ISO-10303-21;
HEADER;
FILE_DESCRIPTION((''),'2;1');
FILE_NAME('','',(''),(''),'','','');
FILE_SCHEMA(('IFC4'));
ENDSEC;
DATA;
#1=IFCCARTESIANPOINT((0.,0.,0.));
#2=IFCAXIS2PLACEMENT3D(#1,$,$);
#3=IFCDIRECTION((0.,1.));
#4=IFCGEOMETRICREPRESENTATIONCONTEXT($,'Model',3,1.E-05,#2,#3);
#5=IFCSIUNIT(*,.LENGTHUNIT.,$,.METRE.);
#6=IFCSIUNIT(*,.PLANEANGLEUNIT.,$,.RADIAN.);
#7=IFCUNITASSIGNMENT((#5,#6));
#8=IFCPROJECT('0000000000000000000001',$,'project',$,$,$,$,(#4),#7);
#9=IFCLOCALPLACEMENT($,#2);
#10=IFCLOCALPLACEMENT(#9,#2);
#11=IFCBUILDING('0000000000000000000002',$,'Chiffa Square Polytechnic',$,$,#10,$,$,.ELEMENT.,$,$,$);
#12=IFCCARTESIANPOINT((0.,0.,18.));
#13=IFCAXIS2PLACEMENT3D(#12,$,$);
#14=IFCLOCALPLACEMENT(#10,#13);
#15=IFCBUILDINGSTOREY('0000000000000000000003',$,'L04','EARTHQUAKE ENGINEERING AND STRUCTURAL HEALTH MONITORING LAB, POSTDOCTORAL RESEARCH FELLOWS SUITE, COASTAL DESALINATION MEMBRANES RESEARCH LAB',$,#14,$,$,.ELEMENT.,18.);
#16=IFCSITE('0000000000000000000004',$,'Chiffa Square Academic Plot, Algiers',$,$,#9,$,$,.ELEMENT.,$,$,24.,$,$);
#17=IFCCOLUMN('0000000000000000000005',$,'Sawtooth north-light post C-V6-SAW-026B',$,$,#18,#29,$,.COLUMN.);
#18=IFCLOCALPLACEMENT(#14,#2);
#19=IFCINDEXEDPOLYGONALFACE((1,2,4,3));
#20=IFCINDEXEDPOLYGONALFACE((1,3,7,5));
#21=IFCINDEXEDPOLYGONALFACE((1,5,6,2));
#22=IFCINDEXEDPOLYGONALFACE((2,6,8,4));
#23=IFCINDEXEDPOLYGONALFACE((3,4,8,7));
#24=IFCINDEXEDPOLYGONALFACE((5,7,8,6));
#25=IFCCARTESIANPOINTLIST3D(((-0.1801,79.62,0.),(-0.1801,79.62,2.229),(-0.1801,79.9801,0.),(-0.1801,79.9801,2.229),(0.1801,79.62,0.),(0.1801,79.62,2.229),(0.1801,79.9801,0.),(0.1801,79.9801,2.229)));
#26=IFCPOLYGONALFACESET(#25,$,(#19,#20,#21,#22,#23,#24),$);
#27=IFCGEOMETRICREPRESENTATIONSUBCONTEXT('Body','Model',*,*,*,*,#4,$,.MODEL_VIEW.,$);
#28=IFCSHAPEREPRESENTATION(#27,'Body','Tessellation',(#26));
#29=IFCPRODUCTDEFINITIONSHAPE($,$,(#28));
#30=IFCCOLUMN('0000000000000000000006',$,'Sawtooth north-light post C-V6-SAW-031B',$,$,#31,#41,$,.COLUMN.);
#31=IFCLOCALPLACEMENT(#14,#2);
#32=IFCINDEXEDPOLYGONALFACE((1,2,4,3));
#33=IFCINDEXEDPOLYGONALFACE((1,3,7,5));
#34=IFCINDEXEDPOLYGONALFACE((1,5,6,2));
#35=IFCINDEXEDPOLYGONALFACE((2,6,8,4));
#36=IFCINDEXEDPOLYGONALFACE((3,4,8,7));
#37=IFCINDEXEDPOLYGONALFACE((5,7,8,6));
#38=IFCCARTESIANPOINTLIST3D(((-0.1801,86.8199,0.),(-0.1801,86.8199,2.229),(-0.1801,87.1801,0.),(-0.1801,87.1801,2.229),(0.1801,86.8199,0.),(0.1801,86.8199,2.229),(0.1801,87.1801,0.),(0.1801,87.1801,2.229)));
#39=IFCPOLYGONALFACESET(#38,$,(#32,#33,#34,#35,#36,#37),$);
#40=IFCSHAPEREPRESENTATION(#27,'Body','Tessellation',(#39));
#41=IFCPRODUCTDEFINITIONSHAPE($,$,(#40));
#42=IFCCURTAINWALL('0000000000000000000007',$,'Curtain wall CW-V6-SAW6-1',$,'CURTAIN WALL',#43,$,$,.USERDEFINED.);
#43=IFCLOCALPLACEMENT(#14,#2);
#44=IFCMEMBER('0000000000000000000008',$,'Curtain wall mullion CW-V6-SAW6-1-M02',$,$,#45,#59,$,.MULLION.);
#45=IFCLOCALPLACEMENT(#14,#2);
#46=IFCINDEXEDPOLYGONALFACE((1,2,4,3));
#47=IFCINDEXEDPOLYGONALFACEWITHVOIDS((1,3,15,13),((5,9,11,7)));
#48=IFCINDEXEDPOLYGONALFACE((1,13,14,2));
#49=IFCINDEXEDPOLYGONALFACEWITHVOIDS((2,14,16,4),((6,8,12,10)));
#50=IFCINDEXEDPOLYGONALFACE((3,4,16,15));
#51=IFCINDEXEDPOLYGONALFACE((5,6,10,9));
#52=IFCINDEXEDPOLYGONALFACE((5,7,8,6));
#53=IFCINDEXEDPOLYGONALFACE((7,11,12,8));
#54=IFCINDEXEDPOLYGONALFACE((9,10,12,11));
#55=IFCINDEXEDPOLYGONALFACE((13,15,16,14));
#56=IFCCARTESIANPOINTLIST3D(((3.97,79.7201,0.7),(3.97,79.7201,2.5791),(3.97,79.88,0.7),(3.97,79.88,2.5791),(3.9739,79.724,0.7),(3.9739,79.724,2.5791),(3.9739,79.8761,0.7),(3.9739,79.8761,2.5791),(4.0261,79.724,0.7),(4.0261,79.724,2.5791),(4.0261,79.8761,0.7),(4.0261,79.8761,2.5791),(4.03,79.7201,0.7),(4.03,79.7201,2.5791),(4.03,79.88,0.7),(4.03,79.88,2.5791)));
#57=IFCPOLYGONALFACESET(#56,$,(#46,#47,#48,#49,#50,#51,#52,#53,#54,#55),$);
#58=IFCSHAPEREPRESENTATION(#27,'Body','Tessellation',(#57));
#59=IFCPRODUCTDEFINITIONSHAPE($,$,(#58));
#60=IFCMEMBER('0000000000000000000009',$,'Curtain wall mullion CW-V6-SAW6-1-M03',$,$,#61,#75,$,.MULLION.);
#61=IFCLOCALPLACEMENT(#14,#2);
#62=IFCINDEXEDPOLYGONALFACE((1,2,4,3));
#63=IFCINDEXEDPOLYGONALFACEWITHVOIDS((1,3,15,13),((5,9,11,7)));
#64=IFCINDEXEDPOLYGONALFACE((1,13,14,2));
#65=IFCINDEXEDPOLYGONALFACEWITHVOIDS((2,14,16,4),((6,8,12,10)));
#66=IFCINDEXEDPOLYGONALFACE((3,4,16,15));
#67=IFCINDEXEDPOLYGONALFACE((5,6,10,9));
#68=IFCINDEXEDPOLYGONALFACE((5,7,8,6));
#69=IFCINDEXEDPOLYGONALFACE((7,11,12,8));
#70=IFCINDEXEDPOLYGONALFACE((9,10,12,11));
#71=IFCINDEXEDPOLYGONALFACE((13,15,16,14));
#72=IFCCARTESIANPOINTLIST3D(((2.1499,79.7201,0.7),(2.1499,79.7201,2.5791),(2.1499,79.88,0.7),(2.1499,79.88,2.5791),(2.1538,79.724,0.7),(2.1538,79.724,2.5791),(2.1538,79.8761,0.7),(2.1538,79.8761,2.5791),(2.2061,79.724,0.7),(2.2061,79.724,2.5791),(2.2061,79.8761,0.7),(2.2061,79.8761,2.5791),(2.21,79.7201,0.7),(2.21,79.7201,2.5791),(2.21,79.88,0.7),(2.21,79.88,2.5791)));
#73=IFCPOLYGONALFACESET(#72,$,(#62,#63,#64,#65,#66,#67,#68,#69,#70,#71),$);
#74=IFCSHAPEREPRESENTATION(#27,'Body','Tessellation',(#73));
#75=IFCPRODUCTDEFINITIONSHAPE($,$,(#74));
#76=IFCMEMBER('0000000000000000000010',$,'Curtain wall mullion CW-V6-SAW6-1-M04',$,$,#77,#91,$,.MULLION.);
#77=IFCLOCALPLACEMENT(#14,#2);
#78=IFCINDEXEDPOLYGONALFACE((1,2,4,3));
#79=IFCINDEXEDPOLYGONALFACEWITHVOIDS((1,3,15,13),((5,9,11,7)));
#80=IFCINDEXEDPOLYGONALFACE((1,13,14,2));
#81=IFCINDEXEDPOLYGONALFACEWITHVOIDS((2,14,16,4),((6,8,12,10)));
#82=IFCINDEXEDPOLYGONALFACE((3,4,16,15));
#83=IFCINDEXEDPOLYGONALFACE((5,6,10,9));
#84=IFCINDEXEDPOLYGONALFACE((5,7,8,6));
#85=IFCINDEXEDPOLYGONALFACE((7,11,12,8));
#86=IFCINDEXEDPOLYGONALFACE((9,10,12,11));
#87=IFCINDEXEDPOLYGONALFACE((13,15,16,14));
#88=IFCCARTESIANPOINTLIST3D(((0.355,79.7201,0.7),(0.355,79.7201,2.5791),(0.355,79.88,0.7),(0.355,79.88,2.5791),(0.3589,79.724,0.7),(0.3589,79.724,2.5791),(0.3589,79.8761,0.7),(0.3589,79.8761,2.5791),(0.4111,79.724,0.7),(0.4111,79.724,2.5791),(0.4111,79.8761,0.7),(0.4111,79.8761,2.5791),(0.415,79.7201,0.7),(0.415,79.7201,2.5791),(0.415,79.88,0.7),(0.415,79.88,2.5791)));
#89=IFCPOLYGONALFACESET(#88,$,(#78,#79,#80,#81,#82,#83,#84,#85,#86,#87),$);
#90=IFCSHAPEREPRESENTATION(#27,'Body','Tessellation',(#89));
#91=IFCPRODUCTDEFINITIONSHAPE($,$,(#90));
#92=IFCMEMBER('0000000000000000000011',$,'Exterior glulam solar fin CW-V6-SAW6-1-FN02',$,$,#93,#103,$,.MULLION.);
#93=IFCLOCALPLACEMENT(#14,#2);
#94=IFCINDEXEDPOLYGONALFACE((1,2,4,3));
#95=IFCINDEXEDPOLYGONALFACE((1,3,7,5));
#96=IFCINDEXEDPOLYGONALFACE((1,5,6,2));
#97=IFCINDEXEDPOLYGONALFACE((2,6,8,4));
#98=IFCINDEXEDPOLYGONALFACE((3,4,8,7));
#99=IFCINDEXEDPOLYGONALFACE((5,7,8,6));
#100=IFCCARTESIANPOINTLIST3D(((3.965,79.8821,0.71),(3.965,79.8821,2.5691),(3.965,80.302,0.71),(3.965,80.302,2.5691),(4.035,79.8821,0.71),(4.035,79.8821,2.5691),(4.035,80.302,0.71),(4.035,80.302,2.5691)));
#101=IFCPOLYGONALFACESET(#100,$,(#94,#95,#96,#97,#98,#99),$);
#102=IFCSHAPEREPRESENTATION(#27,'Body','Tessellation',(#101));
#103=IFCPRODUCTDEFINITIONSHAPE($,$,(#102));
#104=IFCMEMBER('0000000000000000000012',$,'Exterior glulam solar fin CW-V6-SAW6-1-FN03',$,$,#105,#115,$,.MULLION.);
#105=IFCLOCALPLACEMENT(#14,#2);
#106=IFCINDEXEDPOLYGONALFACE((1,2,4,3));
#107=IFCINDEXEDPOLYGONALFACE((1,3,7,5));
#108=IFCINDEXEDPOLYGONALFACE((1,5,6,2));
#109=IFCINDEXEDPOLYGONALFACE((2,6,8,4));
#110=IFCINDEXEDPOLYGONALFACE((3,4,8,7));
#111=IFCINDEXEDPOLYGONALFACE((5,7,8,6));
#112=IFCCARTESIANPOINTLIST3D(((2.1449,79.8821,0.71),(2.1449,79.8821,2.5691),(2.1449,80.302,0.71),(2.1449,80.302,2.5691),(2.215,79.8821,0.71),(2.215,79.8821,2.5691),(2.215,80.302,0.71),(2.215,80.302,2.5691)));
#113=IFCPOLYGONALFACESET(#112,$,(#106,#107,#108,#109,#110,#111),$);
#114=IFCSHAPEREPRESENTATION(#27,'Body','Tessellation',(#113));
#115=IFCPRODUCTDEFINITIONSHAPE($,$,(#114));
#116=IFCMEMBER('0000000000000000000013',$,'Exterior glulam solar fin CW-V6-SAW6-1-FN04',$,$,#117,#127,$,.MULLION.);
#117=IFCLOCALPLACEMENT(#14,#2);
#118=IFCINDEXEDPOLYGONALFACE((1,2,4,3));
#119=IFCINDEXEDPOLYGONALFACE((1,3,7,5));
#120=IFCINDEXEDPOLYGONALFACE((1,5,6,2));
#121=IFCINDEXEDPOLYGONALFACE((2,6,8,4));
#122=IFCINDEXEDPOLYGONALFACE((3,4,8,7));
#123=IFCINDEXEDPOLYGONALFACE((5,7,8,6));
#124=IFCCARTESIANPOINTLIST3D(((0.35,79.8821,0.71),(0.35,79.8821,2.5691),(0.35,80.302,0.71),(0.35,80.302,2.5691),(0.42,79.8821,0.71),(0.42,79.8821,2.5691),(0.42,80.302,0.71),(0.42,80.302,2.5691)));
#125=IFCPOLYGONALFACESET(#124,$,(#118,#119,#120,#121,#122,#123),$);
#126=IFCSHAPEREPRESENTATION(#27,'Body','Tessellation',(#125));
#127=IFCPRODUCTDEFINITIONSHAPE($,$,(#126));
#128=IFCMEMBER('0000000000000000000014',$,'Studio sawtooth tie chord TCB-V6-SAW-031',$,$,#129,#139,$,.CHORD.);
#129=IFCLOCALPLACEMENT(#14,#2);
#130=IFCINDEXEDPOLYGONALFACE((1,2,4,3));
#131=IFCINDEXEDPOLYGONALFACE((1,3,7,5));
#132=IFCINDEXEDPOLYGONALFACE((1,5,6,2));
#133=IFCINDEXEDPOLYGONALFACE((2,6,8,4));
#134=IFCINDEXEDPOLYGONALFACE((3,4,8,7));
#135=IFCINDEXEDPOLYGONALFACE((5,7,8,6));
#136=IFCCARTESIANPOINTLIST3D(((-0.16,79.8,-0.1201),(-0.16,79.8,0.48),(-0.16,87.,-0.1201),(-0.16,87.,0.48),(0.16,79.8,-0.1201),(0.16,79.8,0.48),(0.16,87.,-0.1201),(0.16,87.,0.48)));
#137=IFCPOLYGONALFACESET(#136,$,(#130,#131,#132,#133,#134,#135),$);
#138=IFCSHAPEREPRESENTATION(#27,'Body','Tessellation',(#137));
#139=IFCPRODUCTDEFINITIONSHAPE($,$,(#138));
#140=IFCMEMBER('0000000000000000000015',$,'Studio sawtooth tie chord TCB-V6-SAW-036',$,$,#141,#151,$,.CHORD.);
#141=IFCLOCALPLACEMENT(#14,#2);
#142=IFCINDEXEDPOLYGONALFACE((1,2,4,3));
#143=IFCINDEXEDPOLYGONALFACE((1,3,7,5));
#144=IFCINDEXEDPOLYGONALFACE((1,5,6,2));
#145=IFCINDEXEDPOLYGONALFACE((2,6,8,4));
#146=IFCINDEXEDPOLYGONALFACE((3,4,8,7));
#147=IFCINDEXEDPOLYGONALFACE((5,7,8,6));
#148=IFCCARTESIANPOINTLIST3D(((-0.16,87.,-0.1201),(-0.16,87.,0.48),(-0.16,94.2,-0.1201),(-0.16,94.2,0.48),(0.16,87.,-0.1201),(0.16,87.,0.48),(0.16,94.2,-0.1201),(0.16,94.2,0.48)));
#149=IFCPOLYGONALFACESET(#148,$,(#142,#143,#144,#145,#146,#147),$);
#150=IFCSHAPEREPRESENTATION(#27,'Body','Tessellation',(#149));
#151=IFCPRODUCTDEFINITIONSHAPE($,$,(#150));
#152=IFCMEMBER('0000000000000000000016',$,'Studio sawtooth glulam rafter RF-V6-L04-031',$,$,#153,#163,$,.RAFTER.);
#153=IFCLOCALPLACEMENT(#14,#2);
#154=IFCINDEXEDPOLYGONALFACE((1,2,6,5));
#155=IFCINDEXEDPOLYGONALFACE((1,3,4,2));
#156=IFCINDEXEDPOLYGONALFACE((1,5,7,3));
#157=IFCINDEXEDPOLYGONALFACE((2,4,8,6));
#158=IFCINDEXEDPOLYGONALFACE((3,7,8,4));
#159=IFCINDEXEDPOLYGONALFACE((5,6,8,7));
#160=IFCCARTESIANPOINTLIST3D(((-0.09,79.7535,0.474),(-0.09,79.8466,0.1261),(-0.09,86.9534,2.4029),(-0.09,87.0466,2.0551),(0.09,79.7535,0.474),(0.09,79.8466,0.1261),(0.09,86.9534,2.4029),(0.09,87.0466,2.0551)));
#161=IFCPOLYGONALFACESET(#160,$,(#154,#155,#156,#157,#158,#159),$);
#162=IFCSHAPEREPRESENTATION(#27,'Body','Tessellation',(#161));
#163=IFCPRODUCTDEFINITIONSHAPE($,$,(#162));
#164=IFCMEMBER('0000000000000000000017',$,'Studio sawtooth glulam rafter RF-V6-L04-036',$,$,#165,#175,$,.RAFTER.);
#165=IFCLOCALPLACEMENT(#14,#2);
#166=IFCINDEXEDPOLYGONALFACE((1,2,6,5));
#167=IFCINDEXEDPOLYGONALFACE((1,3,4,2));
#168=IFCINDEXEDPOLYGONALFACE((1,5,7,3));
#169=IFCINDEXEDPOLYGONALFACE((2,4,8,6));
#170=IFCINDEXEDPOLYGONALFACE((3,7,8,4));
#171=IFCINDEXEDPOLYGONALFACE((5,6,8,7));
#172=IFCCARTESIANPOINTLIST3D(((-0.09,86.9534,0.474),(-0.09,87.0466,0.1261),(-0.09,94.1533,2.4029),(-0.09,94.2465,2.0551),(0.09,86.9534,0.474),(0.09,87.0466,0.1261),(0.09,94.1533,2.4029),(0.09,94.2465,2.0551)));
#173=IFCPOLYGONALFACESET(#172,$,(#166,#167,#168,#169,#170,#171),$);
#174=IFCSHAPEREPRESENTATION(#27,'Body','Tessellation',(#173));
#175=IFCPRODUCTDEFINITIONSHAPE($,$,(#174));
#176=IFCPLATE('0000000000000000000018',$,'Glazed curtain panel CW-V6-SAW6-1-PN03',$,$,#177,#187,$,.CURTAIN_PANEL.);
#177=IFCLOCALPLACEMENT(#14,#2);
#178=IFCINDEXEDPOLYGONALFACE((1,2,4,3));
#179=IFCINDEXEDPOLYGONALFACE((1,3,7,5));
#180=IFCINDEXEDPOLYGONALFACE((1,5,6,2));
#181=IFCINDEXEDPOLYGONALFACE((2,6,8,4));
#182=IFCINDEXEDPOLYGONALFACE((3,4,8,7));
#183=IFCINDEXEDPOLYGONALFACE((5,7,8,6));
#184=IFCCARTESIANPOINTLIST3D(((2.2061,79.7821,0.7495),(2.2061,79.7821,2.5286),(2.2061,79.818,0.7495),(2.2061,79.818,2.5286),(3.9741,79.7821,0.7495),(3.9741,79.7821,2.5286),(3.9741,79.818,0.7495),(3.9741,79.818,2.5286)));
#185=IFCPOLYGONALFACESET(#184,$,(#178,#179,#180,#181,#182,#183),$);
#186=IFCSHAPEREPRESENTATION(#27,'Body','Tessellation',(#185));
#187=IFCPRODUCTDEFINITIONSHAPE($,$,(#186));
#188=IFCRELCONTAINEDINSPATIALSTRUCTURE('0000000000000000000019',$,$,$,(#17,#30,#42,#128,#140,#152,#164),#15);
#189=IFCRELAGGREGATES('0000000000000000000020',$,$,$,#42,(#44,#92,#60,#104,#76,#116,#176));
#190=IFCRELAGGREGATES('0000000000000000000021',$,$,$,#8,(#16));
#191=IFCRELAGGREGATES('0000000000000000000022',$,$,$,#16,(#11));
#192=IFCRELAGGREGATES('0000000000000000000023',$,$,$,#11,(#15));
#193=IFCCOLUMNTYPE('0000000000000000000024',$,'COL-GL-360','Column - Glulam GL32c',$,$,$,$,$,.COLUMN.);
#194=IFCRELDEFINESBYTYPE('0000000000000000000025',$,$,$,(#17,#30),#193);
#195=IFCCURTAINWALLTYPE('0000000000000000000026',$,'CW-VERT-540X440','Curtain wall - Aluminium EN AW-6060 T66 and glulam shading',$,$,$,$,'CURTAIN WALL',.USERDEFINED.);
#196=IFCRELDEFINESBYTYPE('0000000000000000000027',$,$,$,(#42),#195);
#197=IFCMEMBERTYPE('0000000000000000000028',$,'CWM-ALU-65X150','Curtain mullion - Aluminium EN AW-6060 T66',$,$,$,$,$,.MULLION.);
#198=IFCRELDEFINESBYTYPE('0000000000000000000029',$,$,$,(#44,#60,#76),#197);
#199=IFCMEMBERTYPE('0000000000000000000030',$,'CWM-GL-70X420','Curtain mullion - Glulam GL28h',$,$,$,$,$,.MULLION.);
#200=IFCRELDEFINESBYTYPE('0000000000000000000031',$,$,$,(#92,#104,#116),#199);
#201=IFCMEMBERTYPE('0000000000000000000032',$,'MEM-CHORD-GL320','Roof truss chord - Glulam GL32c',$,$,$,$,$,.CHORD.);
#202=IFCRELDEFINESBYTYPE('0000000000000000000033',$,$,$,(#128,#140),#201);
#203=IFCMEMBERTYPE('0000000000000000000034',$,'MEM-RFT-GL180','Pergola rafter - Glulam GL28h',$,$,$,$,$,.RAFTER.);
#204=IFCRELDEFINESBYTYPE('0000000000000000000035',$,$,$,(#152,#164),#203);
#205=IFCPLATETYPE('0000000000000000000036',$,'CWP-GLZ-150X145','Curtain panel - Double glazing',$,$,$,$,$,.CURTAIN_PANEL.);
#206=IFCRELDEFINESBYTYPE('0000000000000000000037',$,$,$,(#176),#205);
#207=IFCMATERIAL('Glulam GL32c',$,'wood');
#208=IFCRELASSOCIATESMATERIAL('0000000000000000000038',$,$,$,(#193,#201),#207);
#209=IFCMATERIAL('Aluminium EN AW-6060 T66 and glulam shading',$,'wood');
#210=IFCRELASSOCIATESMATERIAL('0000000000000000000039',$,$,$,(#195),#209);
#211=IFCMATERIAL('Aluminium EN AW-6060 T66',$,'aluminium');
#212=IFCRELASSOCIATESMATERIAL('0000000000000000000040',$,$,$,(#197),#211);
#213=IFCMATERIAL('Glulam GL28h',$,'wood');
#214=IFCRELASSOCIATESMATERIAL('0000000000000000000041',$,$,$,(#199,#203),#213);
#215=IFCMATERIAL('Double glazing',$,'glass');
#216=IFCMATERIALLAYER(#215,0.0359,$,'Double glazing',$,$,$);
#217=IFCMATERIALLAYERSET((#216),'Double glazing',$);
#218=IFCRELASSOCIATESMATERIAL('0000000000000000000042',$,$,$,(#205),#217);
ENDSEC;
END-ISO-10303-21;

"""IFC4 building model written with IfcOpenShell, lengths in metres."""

from ifc_helpers import new_model, si_unit, direction, frame, origin, origin_2d, place, context, subcontext, project, spatial, rectangle, hollow_rectangle, extrude, material, layer, layer_set, material_profile, profile_set, type_object, element, aggregate, save


model = new_model("IFC4")

# Units and contexts
model_context = context("Model", 3, precision=1e-05, world=origin(), true_north=direction((0.0, 1.0)))
body_context = subcontext(model_context, "Body", "Model", "MODEL_VIEW")
ifc_project = project(units=[si_unit("LENGTHUNIT", "METRE"), si_unit("PLANEANGLEUNIT", "RADIAN")], contexts=[model_context])

# Site, building, storey
site_placement = place(None, origin())
site = spatial("IfcSite", under=ifc_project, at=site_placement, Name="Chiffa Square Academic Plot, Algiers", CompositionType="ELEMENT", RefElevation=24.0)
building_placement = place(site_placement, origin())
building = spatial("IfcBuilding", under=site, at=building_placement, Name="Chiffa Square Polytechnic", CompositionType="ELEMENT")
storey_placement = place(building_placement, frame((0.0, 0.0, 18.0)))
storey = spatial("IfcBuildingStorey", under=building, at=storey_placement, Name="L04", Description="EARTHQUAKE ENGINEERING AND STRUCTURAL HEALTH MONITORING LAB, POSTDOCTORAL RESEARCH FELLOWS SUITE, COASTAL DESALINATION MEMBRANES RESEARCH LAB", CompositionType="ELEMENT", Elevation=18.0)

# Columns
ifc_material_1 = material(Name="Glulam GL32c", Category="wood")
ifc_material_profile_1 = material_profile(ifc_material_1, rectangle(XDim=0.3601, YDim=0.3601, at=origin_2d()), Name="GL32c 360x360")
ifc_profile_set_1 = profile_set([ifc_material_profile_1], Name="Glulam GL32c")
column_type = type_object("IfcColumnType", Name="COL-GL-360", Description="Column - Glulam GL32c", PredefinedType="COLUMN", material=ifc_profile_set_1)
for number, where, z_axis, x_axis, name in (
    (1, (0.0, 79.8, 0.0), (0.0, 0.0, 1.0), (1.0, 0.0, 0.0), "Sawtooth north-light post C-V6-SAW-026B"),
    (2, (0.0, 87.0, 0.0), (0.0, 0.0, 1.0), (1.0, 0.0, 0.0), "Sawtooth north-light post C-V6-SAW-031B"),
):
    element("IfcColumn", number, at=place(storey_placement, frame(where, z_axis=z_axis, x_axis=x_axis)), inside=storey, type_object=column_type, Name=name, PredefinedType="COLUMN", context=body_context, shape_type="SweptSolid", body=[
        extrude(rectangle(XDim=0.3601, YDim=0.3601, at=origin_2d()), origin(), (0.0, 0.0, 1.0), 2.229),
    ])

# Curtain wall, members
ifc_material_2 = material(Name="Aluminium EN AW-6060 T66 and glulam shading", Category="wood")
curtain_wall_type = type_object("IfcCurtainWallType", Name="CW-VERT-540X440", Description="Curtain wall - Aluminium EN AW-6060 T66 and glulam shading", ElementType="CURTAIN WALL", PredefinedType="USERDEFINED", material=ifc_material_2)
curtain_wall_placement = place(storey_placement, origin())
curtain_wall = element("IfcCurtainWall", 3, at=curtain_wall_placement, inside=storey, type_object=curtain_wall_type, Name="Curtain wall CW-V6-SAW6-1", ObjectType="CURTAIN WALL", PredefinedType="USERDEFINED")
ifc_material_3 = material(Name="Aluminium EN AW-6060 T66", Category="aluminium")
ifc_material_profile_2 = material_profile(ifc_material_3, hollow_rectangle(XDim=0.0601, YDim=0.1599, WallThickness=0.0039, at=origin_2d()), Name="ALU 60x160x4")
ifc_profile_set_2 = profile_set([ifc_material_profile_2], Name="Aluminium EN AW-6060 T66")
member_type_1 = type_object("IfcMemberType", Name="CWM-ALU-65X150", Description="Curtain mullion - Aluminium EN AW-6060 T66", PredefinedType="MULLION", material=ifc_profile_set_2)
member_1_placement = place(storey_placement, frame((4.0, 79.8, 0.7), z_axis=(0.0, 0.0, 1.0), x_axis=(1.0, 0.0, 0.0)))
member_1 = element("IfcMember", 4, at=member_1_placement, type_object=member_type_1, Name="Curtain wall mullion CW-V6-SAW6-1-M02", PredefinedType="MULLION", context=body_context, shape_type="SweptSolid", body=[
    extrude(hollow_rectangle(XDim=0.0601, YDim=0.1599, WallThickness=0.0039, at=origin_2d()), origin(), (0.0, 0.0, 1.0), 1.8792),
])
member_2_placement = place(storey_placement, frame((2.1799, 79.8, 0.7), z_axis=(0.0, 0.0, 1.0), x_axis=(1.0, 0.0, 0.0)))
member_2 = element("IfcMember", 5, at=member_2_placement, type_object=member_type_1, Name="Curtain wall mullion CW-V6-SAW6-1-M03", PredefinedType="MULLION", context=body_context, shape_type="SweptSolid", body=[
    extrude(hollow_rectangle(XDim=0.0601, YDim=0.1599, WallThickness=0.0039, at=origin_2d()), origin(), (0.0, 0.0, 1.0), 1.8792),
])
member_3_placement = place(storey_placement, frame((0.385, 79.8, 0.7), z_axis=(0.0, 0.0, 1.0), x_axis=(1.0, 0.0, 0.0)))
member_3 = element("IfcMember", 6, at=member_3_placement, type_object=member_type_1, Name="Curtain wall mullion CW-V6-SAW6-1-M04", PredefinedType="MULLION", context=body_context, shape_type="SweptSolid", body=[
    extrude(hollow_rectangle(XDim=0.0601, YDim=0.1599, WallThickness=0.0039, at=origin_2d()), origin(), (0.0, 0.0, 1.0), 1.8792),
])
ifc_material_4 = material(Name="Glulam GL28h", Category="wood")
ifc_material_profile_3 = material_profile(ifc_material_4, rectangle(XDim=0.0701, YDim=0.4199, at=origin_2d()), Name="GL28h 70x420")
ifc_profile_set_3 = profile_set([ifc_material_profile_3], Name="Glulam GL28h")
member_type_2 = type_object("IfcMemberType", Name="CWM-GL-70X420", Description="Curtain mullion - Glulam GL28h", PredefinedType="MULLION", material=ifc_profile_set_3)
member_4_placement = place(storey_placement, frame((4.0, 80.092, 0.71), z_axis=(0.0, 0.0, 1.0), x_axis=(-1.0, 0.0, 0.0)))
member_4 = element("IfcMember", 7, at=member_4_placement, type_object=member_type_2, Name="Exterior glulam solar fin CW-V6-SAW6-1-FN02", PredefinedType="MULLION", context=body_context, shape_type="SweptSolid", body=[
    extrude(rectangle(XDim=0.0701, YDim=0.4199, at=origin_2d()), origin(), (0.0, 0.0, 1.0), 1.8591),
])
member_5_placement = place(storey_placement, frame((2.1799, 80.092, 0.71), z_axis=(0.0, 0.0, 1.0), x_axis=(-1.0, 0.0, 0.0)))
member_5 = element("IfcMember", 8, at=member_5_placement, type_object=member_type_2, Name="Exterior glulam solar fin CW-V6-SAW6-1-FN03", PredefinedType="MULLION", context=body_context, shape_type="SweptSolid", body=[
    extrude(rectangle(XDim=0.0701, YDim=0.4199, at=origin_2d()), origin(), (0.0, 0.0, 1.0), 1.8591),
])
member_6_placement = place(storey_placement, frame((0.385, 80.092, 0.71), z_axis=(0.0, 0.0, 1.0), x_axis=(-1.0, 0.0, 0.0)))
member_6 = element("IfcMember", 9, at=member_6_placement, type_object=member_type_2, Name="Exterior glulam solar fin CW-V6-SAW6-1-FN04", PredefinedType="MULLION", context=body_context, shape_type="SweptSolid", body=[
    extrude(rectangle(XDim=0.0701, YDim=0.4199, at=origin_2d()), origin(), (0.0, 0.0, 1.0), 1.8591),
])

# Members
ifc_material_profile_4 = material_profile(ifc_material_1, rectangle(XDim=0.3201, YDim=0.6001, at=origin_2d()), Name="GL32c 320x600")
ifc_profile_set_4 = profile_set([ifc_material_profile_4], Name="Glulam GL32c")
member_type_3 = type_object("IfcMemberType", Name="MEM-CHORD-GL320", Description="Roof truss chord - Glulam GL32c", PredefinedType="CHORD", material=ifc_profile_set_4)
for number, where, z_axis, x_axis, name in (
    (10, (0.0, 79.8, 0.1799), (0.0, 1.0, 0.0), (-1.0, 0.0, 0.0), "Studio sawtooth tie chord TCB-V6-SAW-031"),
    (11, (0.0, 87.0, 0.1799), (0.0, 1.0, 0.0), (-1.0, 0.0, 0.0), "Studio sawtooth tie chord TCB-V6-SAW-036"),
):
    element("IfcMember", number, at=place(storey_placement, frame(where, z_axis=z_axis, x_axis=x_axis)), inside=storey, type_object=member_type_3, Name=name, PredefinedType="CHORD", context=body_context, shape_type="SweptSolid", body=[
        extrude(rectangle(XDim=0.3201, YDim=0.6001, at=origin_2d()), origin(), (0.0, 0.0, 1.0), 7.2),
    ])
ifc_material_profile_5 = material_profile(ifc_material_4, rectangle(XDim=0.1799, YDim=0.3601, at=origin_2d()), Name="GL28h 180x360")
ifc_profile_set_5 = profile_set([ifc_material_profile_5], Name="Glulam GL28h")
member_type_4 = type_object("IfcMemberType", Name="MEM-RFT-GL180", Description="Pergola rafter - Glulam GL28h", PredefinedType="RAFTER", material=ifc_profile_set_5)
for number, where, z_axis, x_axis, name in (
    (12, (0.0, 79.8, 0.3), (0.0, 0.965935, 0.258786), (-1.0, 0.0, 0.0), "Studio sawtooth glulam rafter RF-V6-L04-031"),
    (13, (0.0, 87.0, 0.3), (0.0, 0.965935, 0.258786), (-1.0, 0.0, 0.0), "Studio sawtooth glulam rafter RF-V6-L04-036"),
):
    element("IfcMember", number, at=place(storey_placement, frame(where, z_axis=z_axis, x_axis=x_axis)), inside=storey, type_object=member_type_4, Name=name, PredefinedType="RAFTER", context=body_context, shape_type="SweptSolid", body=[
        extrude(rectangle(XDim=0.1799, YDim=0.3601, at=origin_2d()), origin(), (0.0, 0.0, 1.0), 7.4539),
    ])

# Plate
ifc_material_5 = material(Name="Double glazing", Category="glass")
ifc_layer_1 = layer(ifc_material_5, 0.0359, Name="Double glazing")
ifc_layer_set_1 = layer_set([ifc_layer_1], Name="Double glazing")
plate_type = type_object("IfcPlateType", Name="CWP-GLZ-150X145", Description="Curtain panel - Double glazing", PredefinedType="CURTAIN_PANEL", material=ifc_layer_set_1)
plate_1_placement = place(storey_placement, frame((3.0901, 79.8, 0.7495), z_axis=(0.0, 0.0, 1.0), x_axis=(-1.0, 0.0, 0.0)))
plate_1 = element("IfcPlate", 14, at=plate_1_placement, type_object=plate_type, Name="Glazed curtain panel CW-V6-SAW6-1-PN03", PredefinedType="CURTAIN_PANEL", context=body_context, shape_type="SweptSolid", body=[
    extrude(rectangle(XDim=1.7681, YDim=0.0359, at=origin_2d()), origin(), (0.0, 0.0, 1.0), 1.7791),
])
aggregate(curtain_wall, [member_1, member_4, member_2, member_5, member_3, member_6, plate_1])

save(model, "model.ifc")
